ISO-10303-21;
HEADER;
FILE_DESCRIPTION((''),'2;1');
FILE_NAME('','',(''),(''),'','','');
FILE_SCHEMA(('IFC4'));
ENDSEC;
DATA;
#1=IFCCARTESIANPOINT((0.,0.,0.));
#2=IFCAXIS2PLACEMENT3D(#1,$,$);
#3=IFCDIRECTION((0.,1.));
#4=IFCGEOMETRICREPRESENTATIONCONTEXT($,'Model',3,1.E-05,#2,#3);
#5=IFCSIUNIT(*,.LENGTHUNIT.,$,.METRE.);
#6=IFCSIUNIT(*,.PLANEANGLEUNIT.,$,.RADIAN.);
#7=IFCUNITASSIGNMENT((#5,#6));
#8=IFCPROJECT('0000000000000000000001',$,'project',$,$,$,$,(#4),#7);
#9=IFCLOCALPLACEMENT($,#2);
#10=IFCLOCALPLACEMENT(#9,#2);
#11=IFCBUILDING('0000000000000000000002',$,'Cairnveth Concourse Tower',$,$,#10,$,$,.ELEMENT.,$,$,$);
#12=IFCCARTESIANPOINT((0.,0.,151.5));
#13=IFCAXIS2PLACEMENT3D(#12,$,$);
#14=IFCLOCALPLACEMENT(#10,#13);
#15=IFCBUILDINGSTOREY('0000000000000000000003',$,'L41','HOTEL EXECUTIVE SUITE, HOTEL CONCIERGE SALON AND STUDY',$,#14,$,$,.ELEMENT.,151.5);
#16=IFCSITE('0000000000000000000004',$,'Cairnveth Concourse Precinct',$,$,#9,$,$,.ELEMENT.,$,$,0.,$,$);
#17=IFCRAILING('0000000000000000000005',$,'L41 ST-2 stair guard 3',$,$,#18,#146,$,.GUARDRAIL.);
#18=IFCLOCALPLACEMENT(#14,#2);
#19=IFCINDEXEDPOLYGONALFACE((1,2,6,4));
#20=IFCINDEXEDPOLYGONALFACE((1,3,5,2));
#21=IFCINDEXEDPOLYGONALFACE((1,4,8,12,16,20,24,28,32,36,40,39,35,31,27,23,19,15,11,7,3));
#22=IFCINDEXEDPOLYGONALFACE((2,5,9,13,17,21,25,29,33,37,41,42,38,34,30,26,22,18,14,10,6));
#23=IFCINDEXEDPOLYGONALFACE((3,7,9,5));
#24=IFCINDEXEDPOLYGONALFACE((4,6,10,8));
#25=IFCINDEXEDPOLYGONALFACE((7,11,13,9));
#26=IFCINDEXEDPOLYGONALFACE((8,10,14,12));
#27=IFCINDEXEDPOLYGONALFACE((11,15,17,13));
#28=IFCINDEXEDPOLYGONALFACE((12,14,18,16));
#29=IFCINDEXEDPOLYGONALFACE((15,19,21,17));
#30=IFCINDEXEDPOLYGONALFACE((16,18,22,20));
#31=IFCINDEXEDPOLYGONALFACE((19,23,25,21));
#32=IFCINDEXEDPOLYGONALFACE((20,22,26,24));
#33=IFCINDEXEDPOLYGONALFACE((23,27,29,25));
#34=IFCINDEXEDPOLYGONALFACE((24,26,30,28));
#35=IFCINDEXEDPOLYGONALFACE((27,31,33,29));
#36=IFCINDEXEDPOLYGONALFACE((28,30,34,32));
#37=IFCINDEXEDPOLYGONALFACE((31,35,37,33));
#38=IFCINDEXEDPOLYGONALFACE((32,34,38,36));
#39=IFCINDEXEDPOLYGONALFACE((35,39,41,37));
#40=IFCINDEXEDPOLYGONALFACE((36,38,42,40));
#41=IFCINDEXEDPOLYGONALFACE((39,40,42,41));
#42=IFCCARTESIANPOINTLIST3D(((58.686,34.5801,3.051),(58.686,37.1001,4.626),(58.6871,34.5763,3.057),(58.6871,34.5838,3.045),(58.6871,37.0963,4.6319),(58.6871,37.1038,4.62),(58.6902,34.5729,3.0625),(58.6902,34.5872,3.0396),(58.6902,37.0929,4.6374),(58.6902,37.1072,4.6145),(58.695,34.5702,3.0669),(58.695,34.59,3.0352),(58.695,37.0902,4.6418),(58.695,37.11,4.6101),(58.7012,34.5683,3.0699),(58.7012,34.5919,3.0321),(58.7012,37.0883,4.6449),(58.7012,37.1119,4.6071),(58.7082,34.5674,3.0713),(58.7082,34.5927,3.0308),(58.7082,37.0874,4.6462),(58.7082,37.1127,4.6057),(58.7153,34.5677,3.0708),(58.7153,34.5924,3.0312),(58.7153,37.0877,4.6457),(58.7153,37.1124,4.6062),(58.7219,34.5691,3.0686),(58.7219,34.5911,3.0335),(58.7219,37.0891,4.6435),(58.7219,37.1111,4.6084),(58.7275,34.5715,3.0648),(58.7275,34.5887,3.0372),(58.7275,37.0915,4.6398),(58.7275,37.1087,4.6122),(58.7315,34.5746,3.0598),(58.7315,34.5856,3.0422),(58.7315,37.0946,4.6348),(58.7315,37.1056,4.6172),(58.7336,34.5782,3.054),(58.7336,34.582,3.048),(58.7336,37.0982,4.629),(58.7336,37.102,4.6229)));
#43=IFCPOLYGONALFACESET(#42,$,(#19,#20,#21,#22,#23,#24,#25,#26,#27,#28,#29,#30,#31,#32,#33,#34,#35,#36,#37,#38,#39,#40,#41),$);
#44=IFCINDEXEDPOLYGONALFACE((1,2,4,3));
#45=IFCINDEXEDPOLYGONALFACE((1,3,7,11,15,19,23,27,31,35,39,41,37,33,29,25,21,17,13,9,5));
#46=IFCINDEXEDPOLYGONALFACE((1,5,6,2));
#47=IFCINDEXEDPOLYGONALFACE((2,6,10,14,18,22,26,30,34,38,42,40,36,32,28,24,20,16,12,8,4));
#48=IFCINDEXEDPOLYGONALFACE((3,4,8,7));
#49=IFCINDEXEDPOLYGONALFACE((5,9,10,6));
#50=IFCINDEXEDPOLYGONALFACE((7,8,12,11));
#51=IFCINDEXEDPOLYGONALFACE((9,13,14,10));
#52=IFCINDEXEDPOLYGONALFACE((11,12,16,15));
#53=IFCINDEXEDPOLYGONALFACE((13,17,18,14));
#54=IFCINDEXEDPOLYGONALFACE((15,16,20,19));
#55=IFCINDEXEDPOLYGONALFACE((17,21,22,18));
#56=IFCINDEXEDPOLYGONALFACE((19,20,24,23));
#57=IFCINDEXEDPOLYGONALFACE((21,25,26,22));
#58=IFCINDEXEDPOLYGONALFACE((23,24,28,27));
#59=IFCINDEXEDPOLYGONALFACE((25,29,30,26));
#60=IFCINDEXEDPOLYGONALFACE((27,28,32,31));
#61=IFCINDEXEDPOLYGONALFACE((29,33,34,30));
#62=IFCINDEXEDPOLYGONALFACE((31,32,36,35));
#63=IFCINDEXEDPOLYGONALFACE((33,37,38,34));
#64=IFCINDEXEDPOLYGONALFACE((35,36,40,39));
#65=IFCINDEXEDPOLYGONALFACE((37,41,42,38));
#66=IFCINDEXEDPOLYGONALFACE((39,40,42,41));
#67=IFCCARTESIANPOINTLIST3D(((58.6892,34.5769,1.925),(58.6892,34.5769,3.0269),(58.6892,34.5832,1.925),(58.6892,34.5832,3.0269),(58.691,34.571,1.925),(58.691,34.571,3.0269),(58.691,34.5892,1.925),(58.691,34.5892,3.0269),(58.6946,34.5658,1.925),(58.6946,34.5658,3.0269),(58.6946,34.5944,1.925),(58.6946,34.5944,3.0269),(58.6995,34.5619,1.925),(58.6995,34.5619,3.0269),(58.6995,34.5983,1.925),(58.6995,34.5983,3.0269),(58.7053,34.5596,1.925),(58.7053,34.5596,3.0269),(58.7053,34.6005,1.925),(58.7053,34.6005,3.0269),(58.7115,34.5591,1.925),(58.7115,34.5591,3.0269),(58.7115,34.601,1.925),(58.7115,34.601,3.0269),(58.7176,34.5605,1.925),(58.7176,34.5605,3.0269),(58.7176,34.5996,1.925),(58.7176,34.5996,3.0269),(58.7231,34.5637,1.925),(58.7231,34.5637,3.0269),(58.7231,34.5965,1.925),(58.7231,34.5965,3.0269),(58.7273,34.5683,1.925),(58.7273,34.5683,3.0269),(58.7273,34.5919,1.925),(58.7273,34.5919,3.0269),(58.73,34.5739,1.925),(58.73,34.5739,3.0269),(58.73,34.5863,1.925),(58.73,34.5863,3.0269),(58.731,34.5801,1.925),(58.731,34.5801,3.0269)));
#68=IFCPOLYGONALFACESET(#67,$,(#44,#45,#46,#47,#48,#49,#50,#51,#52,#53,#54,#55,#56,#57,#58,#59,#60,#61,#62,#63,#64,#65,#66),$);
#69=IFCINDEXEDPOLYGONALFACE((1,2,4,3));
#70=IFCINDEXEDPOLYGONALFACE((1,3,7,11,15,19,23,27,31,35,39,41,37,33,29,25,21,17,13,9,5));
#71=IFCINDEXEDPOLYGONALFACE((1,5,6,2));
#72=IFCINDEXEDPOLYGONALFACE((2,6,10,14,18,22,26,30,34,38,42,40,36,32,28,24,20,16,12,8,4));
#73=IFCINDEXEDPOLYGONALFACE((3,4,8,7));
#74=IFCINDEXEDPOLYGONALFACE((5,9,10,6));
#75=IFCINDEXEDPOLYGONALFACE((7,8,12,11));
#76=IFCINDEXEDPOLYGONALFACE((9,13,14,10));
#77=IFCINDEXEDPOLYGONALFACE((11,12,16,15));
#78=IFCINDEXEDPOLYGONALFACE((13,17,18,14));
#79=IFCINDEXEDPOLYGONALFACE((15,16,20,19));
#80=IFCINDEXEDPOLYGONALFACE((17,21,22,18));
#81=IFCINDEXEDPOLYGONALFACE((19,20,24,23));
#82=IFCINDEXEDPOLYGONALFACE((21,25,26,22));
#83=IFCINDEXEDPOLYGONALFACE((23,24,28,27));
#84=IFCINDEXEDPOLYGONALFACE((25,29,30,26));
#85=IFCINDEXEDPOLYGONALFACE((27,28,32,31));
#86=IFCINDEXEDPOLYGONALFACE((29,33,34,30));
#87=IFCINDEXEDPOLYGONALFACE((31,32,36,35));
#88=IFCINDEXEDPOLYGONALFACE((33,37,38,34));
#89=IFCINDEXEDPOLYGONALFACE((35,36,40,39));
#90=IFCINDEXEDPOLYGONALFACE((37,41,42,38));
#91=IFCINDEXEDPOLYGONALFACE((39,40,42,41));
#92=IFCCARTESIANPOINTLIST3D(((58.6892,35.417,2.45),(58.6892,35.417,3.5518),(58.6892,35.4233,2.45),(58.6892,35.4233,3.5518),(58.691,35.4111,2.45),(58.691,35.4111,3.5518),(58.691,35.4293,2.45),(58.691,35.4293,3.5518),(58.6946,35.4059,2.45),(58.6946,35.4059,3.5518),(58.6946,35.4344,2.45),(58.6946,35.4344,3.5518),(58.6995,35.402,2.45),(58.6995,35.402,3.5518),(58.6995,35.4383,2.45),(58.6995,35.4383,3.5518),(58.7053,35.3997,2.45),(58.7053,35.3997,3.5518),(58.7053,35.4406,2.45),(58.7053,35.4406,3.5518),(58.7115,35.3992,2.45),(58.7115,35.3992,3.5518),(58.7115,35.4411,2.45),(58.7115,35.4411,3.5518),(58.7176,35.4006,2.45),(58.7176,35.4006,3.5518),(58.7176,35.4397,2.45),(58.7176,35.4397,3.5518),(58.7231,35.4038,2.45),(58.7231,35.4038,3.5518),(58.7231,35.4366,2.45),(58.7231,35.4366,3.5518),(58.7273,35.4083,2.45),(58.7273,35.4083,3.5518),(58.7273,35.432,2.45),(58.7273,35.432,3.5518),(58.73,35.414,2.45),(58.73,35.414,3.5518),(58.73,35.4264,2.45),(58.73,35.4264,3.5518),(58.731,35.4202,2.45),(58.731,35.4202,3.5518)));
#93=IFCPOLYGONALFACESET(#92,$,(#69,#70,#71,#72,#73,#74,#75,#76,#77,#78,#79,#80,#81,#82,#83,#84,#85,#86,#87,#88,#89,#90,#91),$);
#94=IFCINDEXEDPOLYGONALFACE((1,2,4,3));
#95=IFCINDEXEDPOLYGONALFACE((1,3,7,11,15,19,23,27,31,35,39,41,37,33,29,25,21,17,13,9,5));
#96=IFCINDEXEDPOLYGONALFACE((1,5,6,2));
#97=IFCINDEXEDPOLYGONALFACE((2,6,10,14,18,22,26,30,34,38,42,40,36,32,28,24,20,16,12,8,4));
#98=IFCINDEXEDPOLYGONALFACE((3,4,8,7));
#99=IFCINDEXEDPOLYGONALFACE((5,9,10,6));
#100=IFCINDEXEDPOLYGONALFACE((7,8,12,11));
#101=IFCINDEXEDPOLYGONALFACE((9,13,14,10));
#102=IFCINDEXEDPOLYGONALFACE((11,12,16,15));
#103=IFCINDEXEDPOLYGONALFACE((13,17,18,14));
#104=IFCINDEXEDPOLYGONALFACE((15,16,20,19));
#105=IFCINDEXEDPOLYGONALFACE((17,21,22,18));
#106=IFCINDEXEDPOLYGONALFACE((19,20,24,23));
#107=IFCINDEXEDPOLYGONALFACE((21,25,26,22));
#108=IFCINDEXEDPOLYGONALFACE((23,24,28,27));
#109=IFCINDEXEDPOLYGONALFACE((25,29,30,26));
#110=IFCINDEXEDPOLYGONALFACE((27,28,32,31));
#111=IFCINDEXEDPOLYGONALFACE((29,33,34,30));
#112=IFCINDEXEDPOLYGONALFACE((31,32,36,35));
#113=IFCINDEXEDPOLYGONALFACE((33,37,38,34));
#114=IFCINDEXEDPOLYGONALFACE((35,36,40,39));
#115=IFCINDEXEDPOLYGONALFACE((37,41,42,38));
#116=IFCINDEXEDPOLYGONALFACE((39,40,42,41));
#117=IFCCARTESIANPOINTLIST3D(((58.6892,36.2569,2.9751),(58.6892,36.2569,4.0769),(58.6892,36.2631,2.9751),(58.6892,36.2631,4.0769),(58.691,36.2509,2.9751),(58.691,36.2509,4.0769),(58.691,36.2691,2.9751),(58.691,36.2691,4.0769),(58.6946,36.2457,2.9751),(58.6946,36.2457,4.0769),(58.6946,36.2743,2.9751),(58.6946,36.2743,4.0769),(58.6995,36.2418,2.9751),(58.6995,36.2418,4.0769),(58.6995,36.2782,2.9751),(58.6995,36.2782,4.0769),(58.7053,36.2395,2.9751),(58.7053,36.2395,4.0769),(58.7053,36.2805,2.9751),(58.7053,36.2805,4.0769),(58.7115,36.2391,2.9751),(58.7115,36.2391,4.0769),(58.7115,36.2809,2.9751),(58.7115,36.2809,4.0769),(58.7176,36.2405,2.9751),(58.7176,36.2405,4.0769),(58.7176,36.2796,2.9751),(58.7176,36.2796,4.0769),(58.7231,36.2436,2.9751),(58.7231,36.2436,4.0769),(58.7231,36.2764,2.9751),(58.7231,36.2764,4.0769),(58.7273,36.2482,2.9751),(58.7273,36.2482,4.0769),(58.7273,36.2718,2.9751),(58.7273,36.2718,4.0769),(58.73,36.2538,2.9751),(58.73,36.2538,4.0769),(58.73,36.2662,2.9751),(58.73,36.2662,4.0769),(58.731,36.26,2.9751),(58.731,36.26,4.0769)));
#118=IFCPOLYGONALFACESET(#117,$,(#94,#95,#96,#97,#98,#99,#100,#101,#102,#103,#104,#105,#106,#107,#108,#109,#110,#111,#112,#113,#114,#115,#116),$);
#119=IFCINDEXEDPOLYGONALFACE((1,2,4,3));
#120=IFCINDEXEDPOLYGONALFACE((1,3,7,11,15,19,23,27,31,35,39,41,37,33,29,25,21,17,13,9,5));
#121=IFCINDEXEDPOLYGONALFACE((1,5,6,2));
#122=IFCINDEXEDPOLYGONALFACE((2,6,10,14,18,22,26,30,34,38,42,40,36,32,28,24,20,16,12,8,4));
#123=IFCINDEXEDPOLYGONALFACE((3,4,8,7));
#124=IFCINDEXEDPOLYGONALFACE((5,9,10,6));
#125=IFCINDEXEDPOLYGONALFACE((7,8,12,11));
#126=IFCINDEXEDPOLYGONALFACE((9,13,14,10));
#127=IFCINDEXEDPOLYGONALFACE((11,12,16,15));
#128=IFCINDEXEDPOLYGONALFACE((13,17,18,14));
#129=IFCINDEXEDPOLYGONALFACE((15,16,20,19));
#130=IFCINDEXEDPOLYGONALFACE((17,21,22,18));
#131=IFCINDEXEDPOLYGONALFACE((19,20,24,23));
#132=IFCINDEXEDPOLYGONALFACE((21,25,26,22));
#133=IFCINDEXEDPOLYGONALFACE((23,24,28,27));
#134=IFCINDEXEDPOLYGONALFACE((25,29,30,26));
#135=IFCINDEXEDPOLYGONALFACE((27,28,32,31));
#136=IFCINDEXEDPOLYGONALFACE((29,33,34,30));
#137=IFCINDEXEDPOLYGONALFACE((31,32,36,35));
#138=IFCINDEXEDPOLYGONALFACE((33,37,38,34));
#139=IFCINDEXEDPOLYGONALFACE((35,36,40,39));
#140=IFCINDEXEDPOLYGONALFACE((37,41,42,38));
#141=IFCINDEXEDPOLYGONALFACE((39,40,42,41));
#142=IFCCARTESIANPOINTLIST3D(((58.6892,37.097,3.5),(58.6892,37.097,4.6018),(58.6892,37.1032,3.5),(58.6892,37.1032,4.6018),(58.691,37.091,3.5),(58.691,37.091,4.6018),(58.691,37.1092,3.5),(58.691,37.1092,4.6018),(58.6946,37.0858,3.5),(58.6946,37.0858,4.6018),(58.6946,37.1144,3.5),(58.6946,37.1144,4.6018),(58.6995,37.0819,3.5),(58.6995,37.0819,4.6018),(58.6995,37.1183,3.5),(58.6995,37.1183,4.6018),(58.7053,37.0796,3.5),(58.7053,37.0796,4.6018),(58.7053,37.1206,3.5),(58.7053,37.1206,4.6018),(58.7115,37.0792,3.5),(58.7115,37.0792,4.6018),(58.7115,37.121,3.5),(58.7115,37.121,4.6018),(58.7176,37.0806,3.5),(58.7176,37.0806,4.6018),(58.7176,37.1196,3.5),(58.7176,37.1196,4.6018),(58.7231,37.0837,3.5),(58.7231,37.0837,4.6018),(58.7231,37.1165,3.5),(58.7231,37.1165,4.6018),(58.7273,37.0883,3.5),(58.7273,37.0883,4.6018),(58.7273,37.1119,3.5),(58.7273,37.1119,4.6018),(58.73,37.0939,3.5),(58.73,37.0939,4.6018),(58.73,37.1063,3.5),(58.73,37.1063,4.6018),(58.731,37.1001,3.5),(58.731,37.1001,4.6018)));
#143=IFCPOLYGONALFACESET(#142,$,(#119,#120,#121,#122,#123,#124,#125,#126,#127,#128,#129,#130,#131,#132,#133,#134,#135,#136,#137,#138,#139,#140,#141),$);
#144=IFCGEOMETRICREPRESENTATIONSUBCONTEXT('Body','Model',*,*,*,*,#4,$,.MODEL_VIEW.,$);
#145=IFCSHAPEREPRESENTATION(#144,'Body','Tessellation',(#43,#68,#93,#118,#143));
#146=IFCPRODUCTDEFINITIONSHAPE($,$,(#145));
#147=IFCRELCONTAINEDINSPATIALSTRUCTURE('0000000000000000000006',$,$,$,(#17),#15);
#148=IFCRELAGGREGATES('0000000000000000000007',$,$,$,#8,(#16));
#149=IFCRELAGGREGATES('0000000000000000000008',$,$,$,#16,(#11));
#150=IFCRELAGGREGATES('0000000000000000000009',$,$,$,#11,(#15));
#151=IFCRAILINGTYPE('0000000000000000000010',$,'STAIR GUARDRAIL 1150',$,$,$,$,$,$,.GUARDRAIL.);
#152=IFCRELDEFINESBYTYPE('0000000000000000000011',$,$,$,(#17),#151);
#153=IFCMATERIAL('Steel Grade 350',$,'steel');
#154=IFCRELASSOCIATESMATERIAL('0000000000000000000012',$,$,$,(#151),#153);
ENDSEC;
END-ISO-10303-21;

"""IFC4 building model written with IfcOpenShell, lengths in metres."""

from ifc_helpers import new_model, si_unit, direction, frame, origin, origin_2d, place, context, subcontext, project, spatial, circle, extrude, material, type_object, element, save


model = new_model("IFC4")

# Units and contexts
model_context = context("Model", 3, precision=1e-05, world=origin(), true_north=direction((0.0, 1.0)))
body_context = subcontext(model_context, "Body", "Model", "MODEL_VIEW")
ifc_project = project(units=[si_unit("LENGTHUNIT", "METRE"), si_unit("PLANEANGLEUNIT", "RADIAN")], contexts=[model_context])

# Site, building, storey
site_placement = place(None, origin())
site = spatial("IfcSite", under=ifc_project, at=site_placement, Name="Cairnveth Concourse Precinct", CompositionType="ELEMENT", RefElevation=0.0)
building_placement = place(site_placement, origin())
building = spatial("IfcBuilding", under=site, at=building_placement, Name="Cairnveth Concourse Tower", CompositionType="ELEMENT")
storey_placement = place(building_placement, frame((0.0, 0.0, 151.5)))
storey = spatial("IfcBuildingStorey", under=building, at=storey_placement, Name="L41", Description="HOTEL EXECUTIVE SUITE, HOTEL CONCIERGE SALON AND STUDY", CompositionType="ELEMENT", Elevation=151.5)

# Shared definitions
ifc_material_1 = material(Name="Steel Grade 350", Category="steel")

# Railing
railing_type = type_object("IfcRailingType", Name="STAIR GUARDRAIL 1150", PredefinedType="GUARDRAIL", material=ifc_material_1)
railing_1_placement = place(storey_placement, frame((58.71, 34.5801, 1.925)))
element("IfcRailing", 1, at=railing_1_placement, inside=storey, type_object=railing_type, Name="L41 ST-2 stair guard 3", PredefinedType="GUARDRAIL", context=body_context, shape_type="SweptSolid", body=[
    extrude(circle(Radius=0.0239, at=origin_2d()), frame((0.0, 0.0, 1.126), z_axis=(0.0, 0.848008, 0.529984), x_axis=(-1.0, 0.0, 0.0)), (0.0, 0.0, 1.0), 2.9717),
    extrude(circle(Radius=0.021, at=origin_2d()), origin(), (0.0, 0.0, 1.0), 1.1018),
    extrude(circle(Radius=0.021, at=origin_2d()), frame((0.0, 0.8401, 0.5249)), (0.0, 0.0, 1.0), 1.1018),
    extrude(circle(Radius=0.021, at=origin_2d()), frame((0.0, 1.6799, 1.05)), (0.0, 0.0, 1.0), 1.1018),
    extrude(circle(Radius=0.021, at=origin_2d()), frame((0.0, 2.52, 1.575)), (0.0, 0.0, 1.0), 1.1018),
])

save(model, "model.ifc")
